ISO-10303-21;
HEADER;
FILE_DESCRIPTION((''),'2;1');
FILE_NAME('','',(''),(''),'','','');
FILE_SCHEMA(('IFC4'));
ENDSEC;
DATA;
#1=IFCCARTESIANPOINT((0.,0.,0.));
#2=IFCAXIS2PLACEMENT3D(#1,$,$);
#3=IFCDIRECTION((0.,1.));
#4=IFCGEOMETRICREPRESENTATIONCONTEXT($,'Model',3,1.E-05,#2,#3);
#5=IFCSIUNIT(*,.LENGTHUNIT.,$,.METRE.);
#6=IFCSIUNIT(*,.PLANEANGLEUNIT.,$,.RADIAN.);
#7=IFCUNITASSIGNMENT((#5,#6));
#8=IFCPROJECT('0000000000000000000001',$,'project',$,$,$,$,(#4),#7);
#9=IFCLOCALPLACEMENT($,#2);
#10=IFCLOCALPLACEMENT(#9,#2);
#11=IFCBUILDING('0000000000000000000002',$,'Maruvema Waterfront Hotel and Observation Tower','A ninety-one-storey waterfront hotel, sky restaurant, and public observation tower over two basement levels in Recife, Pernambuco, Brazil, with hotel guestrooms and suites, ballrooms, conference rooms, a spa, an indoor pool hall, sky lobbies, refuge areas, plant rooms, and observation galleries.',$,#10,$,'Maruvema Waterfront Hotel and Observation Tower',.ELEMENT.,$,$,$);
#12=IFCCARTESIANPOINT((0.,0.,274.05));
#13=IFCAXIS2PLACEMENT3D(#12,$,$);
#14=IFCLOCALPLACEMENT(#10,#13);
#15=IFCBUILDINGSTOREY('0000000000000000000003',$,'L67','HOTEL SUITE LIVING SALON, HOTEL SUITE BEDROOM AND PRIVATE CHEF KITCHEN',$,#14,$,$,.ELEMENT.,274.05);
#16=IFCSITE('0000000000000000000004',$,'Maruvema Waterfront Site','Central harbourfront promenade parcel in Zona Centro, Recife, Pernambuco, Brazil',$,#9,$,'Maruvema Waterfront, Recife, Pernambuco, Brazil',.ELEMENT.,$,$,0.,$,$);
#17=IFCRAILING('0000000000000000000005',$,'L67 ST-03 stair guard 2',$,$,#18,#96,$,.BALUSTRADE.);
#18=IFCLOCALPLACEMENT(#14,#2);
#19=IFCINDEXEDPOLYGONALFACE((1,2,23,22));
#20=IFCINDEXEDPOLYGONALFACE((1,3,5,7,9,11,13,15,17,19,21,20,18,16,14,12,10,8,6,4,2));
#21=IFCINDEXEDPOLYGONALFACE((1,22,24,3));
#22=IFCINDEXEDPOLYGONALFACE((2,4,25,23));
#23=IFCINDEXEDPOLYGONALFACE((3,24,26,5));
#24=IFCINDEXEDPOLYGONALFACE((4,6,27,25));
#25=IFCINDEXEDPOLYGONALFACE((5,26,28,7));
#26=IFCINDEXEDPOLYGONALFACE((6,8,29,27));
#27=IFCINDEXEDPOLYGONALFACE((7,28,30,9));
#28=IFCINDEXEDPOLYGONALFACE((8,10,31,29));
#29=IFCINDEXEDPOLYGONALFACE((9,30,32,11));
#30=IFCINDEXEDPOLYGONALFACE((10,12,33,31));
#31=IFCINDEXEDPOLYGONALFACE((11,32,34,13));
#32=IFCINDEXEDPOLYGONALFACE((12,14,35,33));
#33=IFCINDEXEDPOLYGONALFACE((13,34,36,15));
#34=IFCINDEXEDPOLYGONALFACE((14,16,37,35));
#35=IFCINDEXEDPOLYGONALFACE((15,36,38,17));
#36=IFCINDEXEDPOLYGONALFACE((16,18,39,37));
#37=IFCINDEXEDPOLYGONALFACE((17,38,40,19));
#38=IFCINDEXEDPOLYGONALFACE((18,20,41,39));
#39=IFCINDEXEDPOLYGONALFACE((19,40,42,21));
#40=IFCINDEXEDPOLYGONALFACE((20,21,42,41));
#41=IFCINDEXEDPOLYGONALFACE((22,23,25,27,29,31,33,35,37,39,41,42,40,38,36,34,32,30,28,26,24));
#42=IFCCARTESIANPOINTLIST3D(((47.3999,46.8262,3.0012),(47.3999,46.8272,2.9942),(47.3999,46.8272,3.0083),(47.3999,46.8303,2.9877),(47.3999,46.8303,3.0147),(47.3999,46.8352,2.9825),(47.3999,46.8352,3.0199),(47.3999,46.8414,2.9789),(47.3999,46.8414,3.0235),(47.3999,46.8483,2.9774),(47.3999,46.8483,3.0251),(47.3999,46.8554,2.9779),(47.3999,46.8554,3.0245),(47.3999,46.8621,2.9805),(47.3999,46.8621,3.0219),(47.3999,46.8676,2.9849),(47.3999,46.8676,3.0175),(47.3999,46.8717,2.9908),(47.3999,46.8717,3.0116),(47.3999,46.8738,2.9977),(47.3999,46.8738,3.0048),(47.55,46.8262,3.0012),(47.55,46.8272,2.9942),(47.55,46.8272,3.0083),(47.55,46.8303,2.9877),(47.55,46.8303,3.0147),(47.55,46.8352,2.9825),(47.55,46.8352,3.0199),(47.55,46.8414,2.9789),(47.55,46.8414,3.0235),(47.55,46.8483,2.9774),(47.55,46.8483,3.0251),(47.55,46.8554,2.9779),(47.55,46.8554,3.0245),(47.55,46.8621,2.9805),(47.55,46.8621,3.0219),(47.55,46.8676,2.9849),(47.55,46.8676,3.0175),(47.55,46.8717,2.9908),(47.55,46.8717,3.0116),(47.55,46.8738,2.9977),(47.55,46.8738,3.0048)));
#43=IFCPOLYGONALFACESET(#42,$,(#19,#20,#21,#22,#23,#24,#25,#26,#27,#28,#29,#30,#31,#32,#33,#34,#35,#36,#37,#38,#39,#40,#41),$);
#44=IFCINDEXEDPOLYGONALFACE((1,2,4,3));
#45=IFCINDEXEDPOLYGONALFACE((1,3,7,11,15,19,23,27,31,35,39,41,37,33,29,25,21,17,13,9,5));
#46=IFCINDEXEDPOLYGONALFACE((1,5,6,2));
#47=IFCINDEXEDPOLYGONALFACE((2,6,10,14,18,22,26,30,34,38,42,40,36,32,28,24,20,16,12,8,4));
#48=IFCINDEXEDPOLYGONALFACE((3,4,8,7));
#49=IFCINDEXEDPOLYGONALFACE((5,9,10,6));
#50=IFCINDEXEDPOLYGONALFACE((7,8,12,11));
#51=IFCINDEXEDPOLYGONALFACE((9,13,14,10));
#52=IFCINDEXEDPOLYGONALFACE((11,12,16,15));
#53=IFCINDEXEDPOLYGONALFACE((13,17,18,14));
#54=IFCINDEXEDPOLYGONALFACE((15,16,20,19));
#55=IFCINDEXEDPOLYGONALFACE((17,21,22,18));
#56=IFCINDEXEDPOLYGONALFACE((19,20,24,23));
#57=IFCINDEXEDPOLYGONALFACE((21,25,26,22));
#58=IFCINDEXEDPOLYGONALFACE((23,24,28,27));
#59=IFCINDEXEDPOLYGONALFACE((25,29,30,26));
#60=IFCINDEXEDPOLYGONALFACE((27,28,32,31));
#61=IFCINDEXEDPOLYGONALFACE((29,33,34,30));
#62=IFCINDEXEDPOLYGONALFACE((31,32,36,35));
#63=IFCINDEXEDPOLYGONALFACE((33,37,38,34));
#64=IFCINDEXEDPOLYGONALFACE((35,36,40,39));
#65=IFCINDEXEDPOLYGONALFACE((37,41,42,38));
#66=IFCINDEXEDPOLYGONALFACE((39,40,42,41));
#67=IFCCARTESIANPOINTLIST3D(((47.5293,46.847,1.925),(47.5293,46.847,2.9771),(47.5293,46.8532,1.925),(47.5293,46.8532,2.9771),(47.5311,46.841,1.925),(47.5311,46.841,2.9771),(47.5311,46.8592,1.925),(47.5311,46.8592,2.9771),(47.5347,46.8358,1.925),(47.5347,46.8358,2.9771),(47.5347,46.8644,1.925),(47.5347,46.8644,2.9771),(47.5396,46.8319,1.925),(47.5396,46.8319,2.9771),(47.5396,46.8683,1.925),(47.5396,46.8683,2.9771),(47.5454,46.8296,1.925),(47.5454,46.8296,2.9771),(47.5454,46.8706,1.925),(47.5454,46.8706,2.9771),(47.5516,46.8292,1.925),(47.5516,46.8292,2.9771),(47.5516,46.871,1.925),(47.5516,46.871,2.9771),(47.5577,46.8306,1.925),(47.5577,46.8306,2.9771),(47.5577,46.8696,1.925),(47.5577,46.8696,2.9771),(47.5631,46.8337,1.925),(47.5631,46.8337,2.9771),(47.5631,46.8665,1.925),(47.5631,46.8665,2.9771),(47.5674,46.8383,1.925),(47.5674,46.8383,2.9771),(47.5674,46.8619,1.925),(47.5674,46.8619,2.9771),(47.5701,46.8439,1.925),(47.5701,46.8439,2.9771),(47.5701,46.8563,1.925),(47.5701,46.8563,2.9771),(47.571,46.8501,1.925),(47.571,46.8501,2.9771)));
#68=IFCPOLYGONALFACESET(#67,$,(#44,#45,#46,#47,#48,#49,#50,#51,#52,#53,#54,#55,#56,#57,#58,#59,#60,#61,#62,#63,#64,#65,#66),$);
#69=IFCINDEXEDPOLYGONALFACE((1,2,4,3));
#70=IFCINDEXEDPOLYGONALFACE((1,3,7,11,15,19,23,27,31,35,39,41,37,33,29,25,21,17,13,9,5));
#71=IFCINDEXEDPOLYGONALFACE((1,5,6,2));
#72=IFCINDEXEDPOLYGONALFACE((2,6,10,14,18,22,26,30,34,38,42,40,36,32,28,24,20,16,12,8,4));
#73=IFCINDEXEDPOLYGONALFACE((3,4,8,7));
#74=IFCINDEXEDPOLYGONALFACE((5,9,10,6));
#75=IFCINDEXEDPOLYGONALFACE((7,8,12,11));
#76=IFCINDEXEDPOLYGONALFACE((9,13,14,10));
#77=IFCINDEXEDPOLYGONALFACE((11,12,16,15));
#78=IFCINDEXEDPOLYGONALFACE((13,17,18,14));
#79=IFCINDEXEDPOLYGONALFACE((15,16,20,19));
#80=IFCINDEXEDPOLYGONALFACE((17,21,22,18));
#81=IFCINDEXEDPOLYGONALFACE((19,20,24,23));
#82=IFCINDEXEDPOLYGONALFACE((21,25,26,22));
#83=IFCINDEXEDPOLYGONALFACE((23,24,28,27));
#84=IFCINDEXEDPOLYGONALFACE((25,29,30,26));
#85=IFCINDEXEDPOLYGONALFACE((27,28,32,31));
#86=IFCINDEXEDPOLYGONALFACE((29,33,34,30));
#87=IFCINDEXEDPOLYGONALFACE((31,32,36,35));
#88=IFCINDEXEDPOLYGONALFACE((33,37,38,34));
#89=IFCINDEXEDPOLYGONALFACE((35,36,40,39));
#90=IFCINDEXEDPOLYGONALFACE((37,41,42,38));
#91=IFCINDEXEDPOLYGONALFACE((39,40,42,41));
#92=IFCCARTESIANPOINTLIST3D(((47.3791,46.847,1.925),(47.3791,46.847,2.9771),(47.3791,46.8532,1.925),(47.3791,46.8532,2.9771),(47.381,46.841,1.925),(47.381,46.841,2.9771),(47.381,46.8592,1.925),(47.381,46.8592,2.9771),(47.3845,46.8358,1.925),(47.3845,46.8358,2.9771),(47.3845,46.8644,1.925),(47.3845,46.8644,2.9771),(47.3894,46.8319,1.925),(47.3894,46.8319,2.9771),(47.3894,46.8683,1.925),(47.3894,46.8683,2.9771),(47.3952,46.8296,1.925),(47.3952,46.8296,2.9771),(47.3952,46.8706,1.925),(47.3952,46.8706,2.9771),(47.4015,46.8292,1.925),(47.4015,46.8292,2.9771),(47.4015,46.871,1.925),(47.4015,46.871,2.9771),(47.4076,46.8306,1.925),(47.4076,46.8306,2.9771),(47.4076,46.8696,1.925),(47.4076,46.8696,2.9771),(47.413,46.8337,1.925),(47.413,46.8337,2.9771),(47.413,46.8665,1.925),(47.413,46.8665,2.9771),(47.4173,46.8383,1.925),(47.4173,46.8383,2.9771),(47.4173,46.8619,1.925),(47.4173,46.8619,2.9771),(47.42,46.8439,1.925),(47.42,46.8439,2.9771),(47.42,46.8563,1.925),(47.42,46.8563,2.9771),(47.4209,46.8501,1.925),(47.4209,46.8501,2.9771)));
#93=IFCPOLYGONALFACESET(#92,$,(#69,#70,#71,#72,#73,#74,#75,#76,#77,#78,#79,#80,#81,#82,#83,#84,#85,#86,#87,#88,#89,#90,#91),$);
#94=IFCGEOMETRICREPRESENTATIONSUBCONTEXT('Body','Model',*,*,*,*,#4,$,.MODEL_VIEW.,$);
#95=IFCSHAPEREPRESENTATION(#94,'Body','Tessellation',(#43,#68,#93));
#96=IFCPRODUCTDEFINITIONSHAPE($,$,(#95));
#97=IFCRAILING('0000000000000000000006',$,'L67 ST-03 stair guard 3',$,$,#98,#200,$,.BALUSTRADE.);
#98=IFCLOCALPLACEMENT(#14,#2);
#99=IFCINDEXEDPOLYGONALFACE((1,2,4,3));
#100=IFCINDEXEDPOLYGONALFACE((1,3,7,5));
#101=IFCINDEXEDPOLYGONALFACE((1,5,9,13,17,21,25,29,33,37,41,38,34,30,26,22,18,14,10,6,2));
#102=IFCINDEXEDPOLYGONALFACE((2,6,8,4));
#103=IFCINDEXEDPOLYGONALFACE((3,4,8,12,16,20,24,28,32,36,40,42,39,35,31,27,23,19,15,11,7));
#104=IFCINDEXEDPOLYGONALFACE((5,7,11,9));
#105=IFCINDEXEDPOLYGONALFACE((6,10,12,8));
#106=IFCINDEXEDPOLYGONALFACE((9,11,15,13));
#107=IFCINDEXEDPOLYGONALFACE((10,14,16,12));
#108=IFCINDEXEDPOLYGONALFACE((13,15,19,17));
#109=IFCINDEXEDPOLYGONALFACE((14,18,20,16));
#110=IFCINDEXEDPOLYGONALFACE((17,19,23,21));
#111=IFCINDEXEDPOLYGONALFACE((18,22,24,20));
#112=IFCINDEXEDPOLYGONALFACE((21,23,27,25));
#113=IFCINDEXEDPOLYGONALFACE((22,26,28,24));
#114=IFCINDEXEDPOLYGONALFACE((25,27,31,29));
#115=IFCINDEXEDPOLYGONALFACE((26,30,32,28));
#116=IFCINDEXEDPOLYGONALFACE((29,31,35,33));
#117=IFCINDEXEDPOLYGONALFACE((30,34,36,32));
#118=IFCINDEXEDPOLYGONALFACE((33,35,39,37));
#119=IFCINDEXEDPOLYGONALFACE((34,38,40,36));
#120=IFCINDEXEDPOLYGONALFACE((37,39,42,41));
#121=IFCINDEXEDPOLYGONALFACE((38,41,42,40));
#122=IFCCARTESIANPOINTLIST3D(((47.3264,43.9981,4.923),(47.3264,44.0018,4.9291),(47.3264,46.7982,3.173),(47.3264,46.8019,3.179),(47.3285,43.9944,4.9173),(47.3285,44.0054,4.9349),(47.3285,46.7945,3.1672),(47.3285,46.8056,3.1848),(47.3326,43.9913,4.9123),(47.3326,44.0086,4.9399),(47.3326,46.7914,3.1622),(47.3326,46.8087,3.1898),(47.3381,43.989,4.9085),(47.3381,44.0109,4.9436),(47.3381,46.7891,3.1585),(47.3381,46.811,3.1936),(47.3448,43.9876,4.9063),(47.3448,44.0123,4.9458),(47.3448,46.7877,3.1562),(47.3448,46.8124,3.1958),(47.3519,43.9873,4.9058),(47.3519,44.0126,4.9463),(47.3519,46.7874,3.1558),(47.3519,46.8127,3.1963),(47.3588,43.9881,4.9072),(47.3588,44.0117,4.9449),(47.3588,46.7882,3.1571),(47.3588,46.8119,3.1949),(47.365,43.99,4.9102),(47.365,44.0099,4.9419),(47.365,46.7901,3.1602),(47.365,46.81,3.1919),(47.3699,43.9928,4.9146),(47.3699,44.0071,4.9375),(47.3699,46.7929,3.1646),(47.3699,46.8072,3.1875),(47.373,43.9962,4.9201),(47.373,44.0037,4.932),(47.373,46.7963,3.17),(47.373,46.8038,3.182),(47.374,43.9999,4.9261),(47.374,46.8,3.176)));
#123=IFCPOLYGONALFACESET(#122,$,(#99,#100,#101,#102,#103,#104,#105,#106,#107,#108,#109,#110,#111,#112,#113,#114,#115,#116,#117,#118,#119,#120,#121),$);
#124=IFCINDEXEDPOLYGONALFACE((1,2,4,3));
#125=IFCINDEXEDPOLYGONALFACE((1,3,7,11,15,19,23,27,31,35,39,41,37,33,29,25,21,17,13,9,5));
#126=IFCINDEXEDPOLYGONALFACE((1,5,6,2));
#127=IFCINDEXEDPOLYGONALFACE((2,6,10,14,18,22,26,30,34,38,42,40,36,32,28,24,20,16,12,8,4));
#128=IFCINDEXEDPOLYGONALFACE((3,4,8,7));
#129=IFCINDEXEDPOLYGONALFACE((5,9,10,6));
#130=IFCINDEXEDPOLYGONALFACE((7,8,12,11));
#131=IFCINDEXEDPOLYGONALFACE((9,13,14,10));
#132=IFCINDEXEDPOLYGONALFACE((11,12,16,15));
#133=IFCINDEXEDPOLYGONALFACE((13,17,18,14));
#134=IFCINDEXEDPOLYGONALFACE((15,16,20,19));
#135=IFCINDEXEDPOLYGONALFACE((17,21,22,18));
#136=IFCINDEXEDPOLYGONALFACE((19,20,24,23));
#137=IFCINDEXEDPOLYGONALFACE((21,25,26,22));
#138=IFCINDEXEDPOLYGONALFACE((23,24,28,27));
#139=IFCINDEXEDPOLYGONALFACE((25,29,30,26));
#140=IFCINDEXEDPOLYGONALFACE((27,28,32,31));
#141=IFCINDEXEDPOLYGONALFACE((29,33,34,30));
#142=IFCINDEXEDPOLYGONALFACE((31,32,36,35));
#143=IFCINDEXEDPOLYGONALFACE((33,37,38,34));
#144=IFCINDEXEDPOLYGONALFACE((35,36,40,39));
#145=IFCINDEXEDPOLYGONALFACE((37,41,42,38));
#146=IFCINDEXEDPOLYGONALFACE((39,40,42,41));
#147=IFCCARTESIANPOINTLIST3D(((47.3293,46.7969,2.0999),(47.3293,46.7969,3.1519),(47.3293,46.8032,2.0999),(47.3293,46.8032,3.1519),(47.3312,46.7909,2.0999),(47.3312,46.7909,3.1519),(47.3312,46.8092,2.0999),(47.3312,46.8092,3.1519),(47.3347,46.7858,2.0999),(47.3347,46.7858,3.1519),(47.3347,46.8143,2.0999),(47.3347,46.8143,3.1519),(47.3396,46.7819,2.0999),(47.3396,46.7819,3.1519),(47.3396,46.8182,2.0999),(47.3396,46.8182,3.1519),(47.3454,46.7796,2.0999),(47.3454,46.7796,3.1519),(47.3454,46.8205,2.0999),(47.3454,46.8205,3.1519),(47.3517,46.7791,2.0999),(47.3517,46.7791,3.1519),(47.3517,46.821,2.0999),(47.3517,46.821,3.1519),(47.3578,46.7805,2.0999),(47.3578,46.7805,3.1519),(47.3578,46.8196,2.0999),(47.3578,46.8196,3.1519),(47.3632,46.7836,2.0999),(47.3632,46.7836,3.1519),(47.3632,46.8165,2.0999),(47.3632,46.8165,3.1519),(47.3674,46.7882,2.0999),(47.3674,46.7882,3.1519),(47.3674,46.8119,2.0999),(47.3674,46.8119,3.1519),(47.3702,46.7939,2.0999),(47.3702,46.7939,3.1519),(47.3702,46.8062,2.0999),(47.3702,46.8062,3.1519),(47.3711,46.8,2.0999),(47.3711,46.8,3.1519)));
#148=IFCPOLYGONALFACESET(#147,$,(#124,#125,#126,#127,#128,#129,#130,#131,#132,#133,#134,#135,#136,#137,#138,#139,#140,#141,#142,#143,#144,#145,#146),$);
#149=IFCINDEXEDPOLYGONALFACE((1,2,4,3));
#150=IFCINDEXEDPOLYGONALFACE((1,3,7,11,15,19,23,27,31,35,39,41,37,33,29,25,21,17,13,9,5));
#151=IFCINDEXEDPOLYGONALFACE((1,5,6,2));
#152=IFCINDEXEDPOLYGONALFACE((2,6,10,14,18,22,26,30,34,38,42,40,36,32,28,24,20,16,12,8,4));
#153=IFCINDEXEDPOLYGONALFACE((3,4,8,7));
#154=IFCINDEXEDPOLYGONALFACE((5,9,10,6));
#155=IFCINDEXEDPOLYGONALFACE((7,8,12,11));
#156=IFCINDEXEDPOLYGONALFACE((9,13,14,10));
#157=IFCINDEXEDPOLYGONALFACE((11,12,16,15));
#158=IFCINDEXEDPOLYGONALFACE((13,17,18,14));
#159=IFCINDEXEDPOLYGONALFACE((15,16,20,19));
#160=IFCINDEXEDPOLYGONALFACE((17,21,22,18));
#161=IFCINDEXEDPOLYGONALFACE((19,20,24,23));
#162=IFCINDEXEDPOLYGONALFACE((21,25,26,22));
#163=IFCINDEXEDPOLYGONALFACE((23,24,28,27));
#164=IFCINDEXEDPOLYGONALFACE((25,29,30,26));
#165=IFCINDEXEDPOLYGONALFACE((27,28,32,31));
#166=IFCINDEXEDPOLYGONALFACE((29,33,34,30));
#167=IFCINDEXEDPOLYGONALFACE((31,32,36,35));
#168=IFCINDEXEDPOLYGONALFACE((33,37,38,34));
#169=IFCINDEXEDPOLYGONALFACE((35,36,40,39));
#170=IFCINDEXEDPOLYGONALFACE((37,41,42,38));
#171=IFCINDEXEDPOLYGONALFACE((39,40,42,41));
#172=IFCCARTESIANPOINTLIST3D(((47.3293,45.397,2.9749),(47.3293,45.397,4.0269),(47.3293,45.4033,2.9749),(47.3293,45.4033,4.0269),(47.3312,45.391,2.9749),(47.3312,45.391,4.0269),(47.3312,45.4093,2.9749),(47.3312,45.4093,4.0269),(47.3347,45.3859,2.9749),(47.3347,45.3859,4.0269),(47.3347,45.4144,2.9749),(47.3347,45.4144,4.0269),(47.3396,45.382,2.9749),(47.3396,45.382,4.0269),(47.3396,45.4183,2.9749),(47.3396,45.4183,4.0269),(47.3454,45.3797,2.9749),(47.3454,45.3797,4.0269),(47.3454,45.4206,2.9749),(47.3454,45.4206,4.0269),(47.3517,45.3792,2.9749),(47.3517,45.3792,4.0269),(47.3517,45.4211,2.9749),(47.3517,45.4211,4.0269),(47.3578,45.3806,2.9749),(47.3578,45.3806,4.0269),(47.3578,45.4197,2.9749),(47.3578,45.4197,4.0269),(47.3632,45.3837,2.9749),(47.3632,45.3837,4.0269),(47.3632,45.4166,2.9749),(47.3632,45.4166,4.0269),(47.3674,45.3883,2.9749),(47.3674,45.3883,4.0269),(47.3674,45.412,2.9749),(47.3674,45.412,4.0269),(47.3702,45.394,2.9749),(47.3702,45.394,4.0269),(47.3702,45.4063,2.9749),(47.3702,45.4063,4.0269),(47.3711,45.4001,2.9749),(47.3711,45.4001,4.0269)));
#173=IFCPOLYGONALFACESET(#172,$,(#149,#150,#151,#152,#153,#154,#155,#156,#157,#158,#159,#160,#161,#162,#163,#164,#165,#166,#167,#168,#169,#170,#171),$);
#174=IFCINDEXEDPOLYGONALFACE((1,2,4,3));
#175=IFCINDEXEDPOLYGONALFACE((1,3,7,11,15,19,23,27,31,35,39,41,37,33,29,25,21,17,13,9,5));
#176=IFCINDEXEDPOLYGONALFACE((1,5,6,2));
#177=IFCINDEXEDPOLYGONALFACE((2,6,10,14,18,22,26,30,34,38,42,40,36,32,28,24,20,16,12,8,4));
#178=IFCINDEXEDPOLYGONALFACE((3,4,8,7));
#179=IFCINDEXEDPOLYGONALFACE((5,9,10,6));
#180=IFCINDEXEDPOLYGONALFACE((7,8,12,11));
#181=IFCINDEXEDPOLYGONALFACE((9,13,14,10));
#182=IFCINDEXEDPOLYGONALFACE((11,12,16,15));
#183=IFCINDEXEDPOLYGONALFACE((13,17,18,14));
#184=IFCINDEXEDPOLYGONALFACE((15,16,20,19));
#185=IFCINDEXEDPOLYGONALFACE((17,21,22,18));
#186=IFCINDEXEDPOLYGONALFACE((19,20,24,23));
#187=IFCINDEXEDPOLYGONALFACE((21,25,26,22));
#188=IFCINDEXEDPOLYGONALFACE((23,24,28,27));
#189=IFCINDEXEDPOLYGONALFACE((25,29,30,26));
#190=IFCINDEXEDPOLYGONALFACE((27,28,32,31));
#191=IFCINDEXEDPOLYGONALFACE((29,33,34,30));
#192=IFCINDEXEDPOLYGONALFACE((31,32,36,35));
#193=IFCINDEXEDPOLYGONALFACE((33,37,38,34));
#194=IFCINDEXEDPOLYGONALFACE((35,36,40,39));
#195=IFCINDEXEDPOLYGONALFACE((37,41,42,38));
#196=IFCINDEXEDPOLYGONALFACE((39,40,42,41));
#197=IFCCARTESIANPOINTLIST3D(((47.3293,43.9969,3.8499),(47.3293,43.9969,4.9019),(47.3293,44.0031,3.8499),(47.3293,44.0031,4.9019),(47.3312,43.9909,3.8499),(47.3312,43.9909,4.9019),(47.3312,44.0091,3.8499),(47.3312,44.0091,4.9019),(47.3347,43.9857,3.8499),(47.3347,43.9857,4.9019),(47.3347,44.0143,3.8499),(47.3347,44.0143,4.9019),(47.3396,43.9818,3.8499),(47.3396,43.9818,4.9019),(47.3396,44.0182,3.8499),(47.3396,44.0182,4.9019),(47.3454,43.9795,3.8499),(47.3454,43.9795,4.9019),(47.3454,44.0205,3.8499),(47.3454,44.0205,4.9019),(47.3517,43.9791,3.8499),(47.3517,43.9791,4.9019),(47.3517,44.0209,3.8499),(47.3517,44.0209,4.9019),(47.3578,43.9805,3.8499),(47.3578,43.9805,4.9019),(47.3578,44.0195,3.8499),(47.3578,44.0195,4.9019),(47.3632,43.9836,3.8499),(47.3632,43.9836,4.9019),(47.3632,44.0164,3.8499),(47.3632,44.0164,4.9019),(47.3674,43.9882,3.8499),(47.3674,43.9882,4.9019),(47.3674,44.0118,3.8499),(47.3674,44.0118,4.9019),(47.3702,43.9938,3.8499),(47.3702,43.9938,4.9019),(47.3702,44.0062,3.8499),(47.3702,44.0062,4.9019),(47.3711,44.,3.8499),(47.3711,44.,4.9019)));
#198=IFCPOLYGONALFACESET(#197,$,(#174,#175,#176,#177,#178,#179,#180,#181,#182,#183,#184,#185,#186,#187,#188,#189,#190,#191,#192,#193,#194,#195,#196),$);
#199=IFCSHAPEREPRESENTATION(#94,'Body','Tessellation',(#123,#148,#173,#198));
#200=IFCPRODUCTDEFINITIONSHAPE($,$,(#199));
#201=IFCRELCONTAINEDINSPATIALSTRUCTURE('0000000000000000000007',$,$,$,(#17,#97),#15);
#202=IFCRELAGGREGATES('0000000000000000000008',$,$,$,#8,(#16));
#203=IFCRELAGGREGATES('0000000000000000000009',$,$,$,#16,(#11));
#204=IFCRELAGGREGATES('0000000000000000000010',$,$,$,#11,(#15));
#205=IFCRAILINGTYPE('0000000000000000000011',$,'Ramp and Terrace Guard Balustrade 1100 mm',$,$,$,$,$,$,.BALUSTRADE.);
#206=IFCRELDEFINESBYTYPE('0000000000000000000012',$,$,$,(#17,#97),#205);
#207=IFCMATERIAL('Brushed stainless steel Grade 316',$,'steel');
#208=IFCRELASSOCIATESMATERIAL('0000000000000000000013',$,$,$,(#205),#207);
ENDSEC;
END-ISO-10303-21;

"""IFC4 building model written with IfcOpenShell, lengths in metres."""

from ifc_helpers import new_model, si_unit, direction, frame, origin, origin_2d, place, context, subcontext, project, spatial, circle, extrude, material, type_object, element, save


model = new_model("IFC4")

# Units and contexts
model_context = context("Model", 3, precision=1e-05, world=origin(), true_north=direction((0.0, 1.0)))
body_context = subcontext(model_context, "Body", "Model", "MODEL_VIEW")
ifc_project = project(units=[si_unit("LENGTHUNIT", "METRE"), si_unit("PLANEANGLEUNIT", "RADIAN")], contexts=[model_context])

# Site, building, storey
site_placement = place(None, origin())
site = spatial("IfcSite", under=ifc_project, at=site_placement, Name="Maruvema Waterfront Site", Description="Central harbourfront promenade parcel in Zona Centro, Recife, Pernambuco, Brazil", LongName="Maruvema Waterfront, Recife, Pernambuco, Brazil", CompositionType="ELEMENT", RefElevation=0.0)
building_placement = place(site_placement, origin())
building = spatial("IfcBuilding", under=site, at=building_placement, Name="Maruvema Waterfront Hotel and Observation Tower", Description="A ninety-one-storey waterfront hotel, sky restaurant, and public observation tower over two basement levels in Recife, Pernambuco, Brazil, with hotel guestrooms and suites, ballrooms, conference rooms, a spa, an indoor pool hall, sky lobbies, refuge areas, plant rooms, and observation galleries.", LongName="Maruvema Waterfront Hotel and Observation Tower", CompositionType="ELEMENT")
storey_placement = place(building_placement, frame((0.0, 0.0, 274.05)))
storey = spatial("IfcBuildingStorey", under=building, at=storey_placement, Name="L67", Description="HOTEL SUITE LIVING SALON, HOTEL SUITE BEDROOM AND PRIVATE CHEF KITCHEN", CompositionType="ELEMENT", Elevation=274.05)

# Railings
ifc_material_1 = material(Name="Brushed stainless steel Grade 316", Category="steel")
railing_type = type_object("IfcRailingType", Name="Ramp and Terrace Guard Balustrade 1100 mm", PredefinedType="BALUSTRADE", material=ifc_material_1)
railing_1_placement = place(storey_placement, frame((47.55, 46.8501, 1.925)))
element("IfcRailing", 1, at=railing_1_placement, inside=storey, type_object=railing_type, Name="L67 ST-03 stair guard 2", PredefinedType="BALUSTRADE", context=body_context, shape_type="SweptSolid", body=[
    extrude(circle(Radius=0.0239, at=origin_2d()), frame((0.0, 0.0, 1.0762), z_axis=(-1.0, 0.0, 0.0), x_axis=(0.0, -1.0, 0.0)), (0.0, 0.0, 1.0), 0.1501),
    extrude(circle(Radius=0.021, at=origin_2d()), origin(), (0.0, 0.0, 1.0), 1.052),
    extrude(circle(Radius=0.021, at=origin_2d()), frame((-0.1501, 0.0, 0.0)), (0.0, 0.0, 1.0), 1.052),
])
railing_2_placement = place(storey_placement, frame((47.3501, 46.8, 2.0999)))
element("IfcRailing", 2, at=railing_2_placement, inside=storey, type_object=railing_type, Name="L67 ST-03 stair guard 3", PredefinedType="BALUSTRADE", context=body_context, shape_type="SweptSolid", body=[
    extrude(circle(Radius=0.0239, at=origin_2d()), frame((0.0, 0.0, 1.0762), z_axis=(0.0, -0.848002, 0.529992), x_axis=(1.0, 0.0, 0.0)), (0.0, 0.0, 1.0), 3.302),
    extrude(circle(Radius=0.021, at=origin_2d()), origin(), (0.0, 0.0, 1.0), 1.052),
    extrude(circle(Radius=0.021, at=origin_2d()), frame((0.0, -1.3999, 0.875)), (0.0, 0.0, 1.0), 1.052),
    extrude(circle(Radius=0.021, at=origin_2d()), frame((0.0, -2.8, 1.75)), (0.0, 0.0, 1.0), 1.052),
])

save(model, "model.ifc")
